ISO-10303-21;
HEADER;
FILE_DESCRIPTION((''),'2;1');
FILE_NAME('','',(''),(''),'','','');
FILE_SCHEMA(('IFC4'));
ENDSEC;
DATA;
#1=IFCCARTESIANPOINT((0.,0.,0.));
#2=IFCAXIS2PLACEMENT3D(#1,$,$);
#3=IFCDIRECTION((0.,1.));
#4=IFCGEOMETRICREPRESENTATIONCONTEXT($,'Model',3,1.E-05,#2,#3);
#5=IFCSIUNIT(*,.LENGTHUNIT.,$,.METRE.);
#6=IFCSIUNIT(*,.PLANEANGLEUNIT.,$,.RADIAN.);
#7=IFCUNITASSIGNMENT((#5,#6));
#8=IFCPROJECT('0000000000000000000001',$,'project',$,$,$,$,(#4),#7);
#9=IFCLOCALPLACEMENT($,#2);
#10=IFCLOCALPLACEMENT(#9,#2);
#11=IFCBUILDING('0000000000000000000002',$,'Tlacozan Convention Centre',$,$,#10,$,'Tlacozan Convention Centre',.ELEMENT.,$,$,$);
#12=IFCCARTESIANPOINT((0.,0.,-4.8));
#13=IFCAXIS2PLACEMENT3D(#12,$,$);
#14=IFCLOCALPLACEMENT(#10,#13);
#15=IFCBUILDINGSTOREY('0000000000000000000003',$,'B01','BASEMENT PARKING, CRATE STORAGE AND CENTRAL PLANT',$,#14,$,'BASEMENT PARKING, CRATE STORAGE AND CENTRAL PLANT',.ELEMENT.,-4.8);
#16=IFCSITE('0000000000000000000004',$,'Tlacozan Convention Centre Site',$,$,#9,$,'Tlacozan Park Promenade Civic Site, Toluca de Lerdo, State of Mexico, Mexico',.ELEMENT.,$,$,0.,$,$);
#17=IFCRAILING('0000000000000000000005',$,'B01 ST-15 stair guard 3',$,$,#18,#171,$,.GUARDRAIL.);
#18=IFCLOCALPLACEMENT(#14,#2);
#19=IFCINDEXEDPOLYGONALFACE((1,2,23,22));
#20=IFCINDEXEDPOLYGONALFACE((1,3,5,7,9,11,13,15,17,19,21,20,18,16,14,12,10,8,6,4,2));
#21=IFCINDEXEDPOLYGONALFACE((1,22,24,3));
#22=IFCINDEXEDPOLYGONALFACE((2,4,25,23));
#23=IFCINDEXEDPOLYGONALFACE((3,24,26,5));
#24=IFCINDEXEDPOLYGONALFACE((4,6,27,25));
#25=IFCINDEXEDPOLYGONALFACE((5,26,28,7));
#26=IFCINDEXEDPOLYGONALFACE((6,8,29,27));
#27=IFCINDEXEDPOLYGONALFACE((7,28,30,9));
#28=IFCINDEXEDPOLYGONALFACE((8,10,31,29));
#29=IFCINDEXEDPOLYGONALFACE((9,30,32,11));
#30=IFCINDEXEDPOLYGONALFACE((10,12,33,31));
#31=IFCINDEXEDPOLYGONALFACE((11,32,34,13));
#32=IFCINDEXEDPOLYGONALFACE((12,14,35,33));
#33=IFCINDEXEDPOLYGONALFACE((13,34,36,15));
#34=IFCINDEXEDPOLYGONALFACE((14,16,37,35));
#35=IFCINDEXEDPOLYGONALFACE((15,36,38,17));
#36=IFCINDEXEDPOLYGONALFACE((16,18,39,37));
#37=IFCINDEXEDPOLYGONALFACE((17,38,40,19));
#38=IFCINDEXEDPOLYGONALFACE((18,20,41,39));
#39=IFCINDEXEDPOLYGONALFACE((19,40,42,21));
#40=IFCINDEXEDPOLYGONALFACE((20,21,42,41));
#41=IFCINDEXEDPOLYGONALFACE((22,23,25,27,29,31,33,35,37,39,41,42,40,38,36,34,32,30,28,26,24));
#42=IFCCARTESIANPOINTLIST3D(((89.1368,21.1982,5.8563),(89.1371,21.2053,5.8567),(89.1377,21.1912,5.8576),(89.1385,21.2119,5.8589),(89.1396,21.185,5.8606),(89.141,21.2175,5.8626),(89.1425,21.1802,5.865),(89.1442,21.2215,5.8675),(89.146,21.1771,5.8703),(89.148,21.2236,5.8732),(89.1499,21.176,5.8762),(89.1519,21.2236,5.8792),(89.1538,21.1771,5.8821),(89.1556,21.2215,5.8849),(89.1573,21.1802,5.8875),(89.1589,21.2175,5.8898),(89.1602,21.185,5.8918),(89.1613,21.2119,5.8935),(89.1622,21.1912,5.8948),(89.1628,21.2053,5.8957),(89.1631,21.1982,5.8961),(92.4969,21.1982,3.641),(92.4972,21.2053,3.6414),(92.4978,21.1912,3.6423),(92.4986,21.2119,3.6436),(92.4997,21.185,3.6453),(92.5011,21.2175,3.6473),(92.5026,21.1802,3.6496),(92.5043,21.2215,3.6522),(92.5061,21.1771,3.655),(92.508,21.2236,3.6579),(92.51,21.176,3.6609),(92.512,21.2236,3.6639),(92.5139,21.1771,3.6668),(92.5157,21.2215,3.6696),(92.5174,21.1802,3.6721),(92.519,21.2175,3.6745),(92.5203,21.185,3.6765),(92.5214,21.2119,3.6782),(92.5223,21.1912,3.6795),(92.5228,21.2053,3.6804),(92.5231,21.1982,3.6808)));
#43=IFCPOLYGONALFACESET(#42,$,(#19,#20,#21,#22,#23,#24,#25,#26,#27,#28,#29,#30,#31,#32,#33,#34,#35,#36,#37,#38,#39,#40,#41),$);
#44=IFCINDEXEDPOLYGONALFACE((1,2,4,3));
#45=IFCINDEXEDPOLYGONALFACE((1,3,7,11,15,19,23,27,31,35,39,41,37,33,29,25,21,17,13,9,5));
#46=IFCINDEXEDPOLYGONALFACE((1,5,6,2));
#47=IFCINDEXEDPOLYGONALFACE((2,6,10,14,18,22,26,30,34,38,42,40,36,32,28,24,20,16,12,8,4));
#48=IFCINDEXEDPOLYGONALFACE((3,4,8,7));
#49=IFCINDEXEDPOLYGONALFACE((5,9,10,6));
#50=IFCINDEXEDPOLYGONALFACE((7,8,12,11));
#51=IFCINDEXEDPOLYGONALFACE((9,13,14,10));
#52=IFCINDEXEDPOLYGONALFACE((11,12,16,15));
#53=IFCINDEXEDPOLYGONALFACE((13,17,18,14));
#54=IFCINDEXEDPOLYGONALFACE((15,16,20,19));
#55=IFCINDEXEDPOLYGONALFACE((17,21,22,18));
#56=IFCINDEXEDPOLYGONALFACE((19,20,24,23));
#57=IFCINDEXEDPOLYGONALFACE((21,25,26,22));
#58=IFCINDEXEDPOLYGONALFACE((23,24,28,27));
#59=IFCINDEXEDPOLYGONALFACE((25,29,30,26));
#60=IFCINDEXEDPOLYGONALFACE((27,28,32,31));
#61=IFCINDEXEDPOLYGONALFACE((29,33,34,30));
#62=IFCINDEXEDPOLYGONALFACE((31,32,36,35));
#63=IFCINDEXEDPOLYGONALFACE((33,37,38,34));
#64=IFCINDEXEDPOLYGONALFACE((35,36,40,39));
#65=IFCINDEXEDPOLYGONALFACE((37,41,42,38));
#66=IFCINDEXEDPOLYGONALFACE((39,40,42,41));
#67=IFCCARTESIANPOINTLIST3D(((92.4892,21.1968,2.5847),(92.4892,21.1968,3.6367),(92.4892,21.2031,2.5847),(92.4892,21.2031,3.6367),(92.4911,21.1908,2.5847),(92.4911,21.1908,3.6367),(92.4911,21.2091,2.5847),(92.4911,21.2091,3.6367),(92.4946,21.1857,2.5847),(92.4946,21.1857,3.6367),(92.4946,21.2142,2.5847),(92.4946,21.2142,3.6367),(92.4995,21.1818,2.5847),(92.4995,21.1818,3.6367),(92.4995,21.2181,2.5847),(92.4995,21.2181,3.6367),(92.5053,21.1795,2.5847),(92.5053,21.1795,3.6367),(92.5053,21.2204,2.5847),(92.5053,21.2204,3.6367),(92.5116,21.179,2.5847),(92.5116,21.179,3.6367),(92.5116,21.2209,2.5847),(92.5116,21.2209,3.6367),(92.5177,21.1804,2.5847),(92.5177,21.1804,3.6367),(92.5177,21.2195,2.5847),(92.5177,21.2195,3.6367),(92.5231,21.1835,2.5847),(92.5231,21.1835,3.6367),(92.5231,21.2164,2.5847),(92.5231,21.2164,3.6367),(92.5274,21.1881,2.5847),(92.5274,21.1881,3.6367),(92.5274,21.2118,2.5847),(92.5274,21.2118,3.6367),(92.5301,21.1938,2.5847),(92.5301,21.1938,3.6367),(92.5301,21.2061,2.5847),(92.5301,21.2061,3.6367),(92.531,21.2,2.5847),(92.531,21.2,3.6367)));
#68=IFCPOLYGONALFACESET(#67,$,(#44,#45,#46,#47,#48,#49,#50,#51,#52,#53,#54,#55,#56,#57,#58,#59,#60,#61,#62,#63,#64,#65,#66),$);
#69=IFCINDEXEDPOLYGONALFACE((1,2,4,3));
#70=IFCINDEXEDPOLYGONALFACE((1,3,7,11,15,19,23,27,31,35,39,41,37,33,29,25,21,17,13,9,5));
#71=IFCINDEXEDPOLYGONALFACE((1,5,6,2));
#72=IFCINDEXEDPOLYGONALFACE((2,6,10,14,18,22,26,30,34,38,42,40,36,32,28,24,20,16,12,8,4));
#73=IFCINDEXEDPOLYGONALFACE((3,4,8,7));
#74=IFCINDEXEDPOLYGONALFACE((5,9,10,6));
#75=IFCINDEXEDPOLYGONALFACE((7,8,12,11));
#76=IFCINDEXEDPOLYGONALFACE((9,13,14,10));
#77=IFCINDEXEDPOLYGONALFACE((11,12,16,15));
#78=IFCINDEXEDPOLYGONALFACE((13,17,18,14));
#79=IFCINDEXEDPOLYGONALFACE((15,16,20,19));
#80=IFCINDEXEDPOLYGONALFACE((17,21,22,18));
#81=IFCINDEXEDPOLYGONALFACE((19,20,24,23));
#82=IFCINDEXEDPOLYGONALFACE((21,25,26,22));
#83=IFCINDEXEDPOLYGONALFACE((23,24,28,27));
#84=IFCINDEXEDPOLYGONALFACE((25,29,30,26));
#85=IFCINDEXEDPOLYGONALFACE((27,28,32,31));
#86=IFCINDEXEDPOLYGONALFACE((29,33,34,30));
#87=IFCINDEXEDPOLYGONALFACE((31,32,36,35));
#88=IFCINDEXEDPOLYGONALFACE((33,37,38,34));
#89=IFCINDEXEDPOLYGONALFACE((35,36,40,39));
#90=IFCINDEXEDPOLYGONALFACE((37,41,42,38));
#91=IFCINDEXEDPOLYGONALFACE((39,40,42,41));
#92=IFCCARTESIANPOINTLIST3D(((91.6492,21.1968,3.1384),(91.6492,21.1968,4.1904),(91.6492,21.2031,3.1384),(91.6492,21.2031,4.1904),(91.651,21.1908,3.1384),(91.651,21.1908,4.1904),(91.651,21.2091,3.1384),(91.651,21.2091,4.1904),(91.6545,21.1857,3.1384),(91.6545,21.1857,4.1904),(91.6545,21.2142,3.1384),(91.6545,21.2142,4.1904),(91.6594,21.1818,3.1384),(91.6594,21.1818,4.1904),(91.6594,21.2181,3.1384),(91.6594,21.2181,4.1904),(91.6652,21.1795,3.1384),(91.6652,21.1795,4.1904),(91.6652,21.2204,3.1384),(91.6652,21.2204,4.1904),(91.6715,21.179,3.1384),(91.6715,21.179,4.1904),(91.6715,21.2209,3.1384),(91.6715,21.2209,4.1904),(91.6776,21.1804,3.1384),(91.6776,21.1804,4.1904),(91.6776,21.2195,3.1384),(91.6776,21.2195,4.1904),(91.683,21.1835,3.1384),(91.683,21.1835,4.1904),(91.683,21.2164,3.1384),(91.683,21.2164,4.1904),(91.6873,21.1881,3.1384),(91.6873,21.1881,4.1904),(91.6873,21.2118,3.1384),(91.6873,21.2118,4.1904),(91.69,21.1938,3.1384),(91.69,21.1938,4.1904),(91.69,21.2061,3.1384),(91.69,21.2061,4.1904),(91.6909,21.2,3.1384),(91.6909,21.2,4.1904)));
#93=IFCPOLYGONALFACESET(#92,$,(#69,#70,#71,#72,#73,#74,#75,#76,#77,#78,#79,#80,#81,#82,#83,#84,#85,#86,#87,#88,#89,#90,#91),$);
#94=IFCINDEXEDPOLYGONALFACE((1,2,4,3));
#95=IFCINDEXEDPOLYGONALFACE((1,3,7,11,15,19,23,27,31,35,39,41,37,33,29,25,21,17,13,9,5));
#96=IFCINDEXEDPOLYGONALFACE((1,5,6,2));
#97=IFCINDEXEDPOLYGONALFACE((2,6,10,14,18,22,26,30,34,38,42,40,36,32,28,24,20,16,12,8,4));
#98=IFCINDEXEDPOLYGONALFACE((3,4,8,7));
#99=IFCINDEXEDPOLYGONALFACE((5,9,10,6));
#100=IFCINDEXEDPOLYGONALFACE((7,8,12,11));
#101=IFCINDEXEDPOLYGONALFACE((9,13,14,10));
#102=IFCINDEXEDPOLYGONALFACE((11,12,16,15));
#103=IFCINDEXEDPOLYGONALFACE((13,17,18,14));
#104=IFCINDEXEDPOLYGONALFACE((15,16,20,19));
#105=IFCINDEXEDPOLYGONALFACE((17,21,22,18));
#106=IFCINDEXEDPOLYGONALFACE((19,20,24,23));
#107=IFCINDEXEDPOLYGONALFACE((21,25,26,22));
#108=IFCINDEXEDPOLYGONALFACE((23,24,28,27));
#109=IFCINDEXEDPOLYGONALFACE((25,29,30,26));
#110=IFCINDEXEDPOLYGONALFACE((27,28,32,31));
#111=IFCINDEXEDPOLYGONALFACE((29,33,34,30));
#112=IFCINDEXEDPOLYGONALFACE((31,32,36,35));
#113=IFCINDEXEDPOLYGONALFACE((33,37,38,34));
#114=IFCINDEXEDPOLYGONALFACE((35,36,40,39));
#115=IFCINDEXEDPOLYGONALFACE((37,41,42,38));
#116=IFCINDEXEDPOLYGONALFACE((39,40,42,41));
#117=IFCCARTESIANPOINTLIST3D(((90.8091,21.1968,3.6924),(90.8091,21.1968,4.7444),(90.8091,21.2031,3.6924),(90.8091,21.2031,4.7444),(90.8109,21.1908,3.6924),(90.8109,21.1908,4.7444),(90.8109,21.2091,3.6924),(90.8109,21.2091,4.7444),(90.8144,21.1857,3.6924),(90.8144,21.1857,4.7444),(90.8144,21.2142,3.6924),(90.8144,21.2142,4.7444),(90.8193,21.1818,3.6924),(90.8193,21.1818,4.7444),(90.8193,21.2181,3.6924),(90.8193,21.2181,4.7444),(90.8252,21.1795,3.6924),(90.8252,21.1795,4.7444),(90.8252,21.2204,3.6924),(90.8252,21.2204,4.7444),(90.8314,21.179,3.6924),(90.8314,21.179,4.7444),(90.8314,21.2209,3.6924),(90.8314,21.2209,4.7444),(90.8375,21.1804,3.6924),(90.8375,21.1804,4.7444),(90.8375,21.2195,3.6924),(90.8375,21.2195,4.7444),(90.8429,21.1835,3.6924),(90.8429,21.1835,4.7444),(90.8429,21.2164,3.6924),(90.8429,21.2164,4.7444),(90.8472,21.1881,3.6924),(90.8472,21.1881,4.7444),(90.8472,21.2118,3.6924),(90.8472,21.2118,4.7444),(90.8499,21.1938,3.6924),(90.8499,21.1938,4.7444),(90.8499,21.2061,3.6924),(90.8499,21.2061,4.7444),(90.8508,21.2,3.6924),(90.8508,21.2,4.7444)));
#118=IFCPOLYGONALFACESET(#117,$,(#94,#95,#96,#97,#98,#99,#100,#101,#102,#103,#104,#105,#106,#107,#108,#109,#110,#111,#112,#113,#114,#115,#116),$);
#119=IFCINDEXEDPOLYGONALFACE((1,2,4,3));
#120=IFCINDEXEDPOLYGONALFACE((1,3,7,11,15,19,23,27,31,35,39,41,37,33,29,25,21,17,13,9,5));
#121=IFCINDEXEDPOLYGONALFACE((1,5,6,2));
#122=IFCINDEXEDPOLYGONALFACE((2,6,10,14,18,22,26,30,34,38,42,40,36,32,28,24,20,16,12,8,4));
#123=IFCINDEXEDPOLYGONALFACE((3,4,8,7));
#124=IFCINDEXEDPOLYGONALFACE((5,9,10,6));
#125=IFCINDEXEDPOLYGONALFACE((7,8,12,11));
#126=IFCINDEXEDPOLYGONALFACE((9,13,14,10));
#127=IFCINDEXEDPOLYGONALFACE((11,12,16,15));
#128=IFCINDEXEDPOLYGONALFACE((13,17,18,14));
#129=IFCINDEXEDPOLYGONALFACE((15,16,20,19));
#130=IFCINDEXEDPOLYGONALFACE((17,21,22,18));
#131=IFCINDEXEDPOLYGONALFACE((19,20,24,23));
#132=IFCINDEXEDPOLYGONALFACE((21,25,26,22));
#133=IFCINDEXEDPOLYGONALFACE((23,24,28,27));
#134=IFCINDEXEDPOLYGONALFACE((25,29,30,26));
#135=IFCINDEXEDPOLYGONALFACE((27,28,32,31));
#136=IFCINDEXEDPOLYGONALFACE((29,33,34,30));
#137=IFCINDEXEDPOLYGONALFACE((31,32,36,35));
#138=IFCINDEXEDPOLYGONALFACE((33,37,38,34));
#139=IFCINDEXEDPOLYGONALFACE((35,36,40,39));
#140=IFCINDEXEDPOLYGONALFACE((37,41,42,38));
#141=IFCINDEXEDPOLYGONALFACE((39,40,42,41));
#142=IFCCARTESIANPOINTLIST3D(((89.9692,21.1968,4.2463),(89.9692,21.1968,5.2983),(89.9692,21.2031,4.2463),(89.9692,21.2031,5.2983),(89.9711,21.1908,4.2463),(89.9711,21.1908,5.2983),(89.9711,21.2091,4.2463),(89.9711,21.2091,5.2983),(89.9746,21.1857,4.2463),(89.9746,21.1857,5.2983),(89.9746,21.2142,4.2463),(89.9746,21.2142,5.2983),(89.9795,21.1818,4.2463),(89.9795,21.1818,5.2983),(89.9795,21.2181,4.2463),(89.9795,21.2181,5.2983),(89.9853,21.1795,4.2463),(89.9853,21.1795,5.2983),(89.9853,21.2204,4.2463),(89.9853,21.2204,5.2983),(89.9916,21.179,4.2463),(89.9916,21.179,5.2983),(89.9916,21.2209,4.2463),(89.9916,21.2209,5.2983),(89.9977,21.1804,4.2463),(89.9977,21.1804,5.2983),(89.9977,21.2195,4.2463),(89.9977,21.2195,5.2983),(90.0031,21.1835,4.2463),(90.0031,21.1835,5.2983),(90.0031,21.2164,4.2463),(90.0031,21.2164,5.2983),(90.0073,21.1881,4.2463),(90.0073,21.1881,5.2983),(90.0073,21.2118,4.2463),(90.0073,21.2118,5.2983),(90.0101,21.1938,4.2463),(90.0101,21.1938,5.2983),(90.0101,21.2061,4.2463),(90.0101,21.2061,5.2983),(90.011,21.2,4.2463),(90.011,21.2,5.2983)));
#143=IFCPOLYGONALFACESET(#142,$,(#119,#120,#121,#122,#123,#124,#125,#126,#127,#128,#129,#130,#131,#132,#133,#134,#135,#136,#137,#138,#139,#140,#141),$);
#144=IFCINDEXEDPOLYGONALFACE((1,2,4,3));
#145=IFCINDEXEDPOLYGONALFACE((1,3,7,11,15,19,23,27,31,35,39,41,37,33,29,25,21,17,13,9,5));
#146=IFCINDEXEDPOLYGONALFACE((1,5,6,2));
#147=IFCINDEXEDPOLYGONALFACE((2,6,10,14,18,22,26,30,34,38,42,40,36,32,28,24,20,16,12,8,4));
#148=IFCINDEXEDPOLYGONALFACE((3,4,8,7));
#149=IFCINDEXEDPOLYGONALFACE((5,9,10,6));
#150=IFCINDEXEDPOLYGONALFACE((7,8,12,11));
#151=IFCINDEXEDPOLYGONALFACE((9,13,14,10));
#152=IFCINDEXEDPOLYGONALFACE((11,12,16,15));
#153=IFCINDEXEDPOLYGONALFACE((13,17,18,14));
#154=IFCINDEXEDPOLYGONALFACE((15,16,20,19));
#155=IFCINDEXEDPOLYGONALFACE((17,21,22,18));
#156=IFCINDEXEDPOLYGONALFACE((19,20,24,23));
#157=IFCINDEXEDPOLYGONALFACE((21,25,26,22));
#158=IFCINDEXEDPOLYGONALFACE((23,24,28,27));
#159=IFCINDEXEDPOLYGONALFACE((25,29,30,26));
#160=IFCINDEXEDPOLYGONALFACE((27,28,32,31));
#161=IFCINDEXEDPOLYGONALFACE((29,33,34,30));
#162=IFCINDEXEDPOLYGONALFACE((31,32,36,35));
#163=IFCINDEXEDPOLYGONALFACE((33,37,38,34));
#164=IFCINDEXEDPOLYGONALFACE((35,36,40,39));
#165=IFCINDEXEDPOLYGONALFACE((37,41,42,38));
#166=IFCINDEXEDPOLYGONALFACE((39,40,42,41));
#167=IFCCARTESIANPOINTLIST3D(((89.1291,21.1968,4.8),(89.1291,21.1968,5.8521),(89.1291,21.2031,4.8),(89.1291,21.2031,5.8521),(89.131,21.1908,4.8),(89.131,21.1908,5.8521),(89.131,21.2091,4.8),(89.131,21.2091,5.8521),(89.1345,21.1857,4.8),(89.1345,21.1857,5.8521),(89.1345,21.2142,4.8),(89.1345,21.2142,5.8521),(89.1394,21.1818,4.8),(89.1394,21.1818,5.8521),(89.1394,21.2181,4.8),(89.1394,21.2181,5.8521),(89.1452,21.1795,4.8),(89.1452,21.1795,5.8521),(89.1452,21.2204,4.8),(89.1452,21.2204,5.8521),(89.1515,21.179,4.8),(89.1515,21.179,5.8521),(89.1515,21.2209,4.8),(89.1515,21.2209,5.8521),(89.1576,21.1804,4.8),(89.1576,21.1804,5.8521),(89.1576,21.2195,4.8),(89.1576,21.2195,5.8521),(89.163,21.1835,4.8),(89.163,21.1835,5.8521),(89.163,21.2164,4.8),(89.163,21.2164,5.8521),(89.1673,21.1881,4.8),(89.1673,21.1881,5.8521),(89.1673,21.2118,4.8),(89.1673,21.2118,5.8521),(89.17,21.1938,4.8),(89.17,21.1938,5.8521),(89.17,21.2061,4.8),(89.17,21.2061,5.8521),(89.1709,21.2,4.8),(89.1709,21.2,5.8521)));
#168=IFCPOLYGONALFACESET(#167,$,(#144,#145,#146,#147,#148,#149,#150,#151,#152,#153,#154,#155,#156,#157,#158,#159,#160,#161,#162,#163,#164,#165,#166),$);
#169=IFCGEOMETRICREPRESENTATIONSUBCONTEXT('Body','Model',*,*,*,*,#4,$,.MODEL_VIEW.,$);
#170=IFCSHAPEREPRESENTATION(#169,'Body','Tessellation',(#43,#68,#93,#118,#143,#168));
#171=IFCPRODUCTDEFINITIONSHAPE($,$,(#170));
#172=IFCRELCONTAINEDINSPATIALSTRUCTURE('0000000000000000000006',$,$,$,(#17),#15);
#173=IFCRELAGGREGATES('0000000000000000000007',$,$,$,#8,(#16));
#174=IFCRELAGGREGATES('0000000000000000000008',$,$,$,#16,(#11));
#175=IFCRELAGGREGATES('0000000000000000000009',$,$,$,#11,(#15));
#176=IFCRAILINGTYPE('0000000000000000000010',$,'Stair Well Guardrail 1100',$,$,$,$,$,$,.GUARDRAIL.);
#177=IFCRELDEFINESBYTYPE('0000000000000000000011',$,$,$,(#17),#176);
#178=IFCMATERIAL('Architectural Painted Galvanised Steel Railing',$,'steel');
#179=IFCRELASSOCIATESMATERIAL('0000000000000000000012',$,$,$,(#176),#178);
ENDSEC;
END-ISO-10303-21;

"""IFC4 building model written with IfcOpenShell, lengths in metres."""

from ifc_helpers import new_model, si_unit, direction, frame, origin, origin_2d, place, context, subcontext, project, spatial, circle, extrude, material, type_object, element, save


model = new_model("IFC4")

# Units and contexts
model_context = context("Model", 3, precision=1e-05, world=origin(), true_north=direction((0.0, 1.0)))
body_context = subcontext(model_context, "Body", "Model", "MODEL_VIEW")
ifc_project = project(units=[si_unit("LENGTHUNIT", "METRE"), si_unit("PLANEANGLEUNIT", "RADIAN")], contexts=[model_context])

# Site, building, storey
site_placement = place(None, origin())
site = spatial("IfcSite", under=ifc_project, at=site_placement, Name="Tlacozan Convention Centre Site", LongName="Tlacozan Park Promenade Civic Site, Toluca de Lerdo, State of Mexico, Mexico", CompositionType="ELEMENT", RefElevation=0.0)
building_placement = place(site_placement, origin())
building = spatial("IfcBuilding", under=site, at=building_placement, Name="Tlacozan Convention Centre", LongName="Tlacozan Convention Centre", CompositionType="ELEMENT")
storey_placement = place(building_placement, frame((0.0, 0.0, -4.8)))
storey = spatial("IfcBuildingStorey", under=building, at=storey_placement, Name="B01", Description="BASEMENT PARKING, CRATE STORAGE AND CENTRAL PLANT", LongName="BASEMENT PARKING, CRATE STORAGE AND CENTRAL PLANT", CompositionType="ELEMENT", Elevation=-4.8)

# Railing
ifc_material_1 = material(Name="Architectural Painted Galvanised Steel Railing", Category="steel")
railing_type_1 = type_object("IfcRailingType", Name="Stair Well Guardrail 1100", PredefinedType="GUARDRAIL", material=ifc_material_1)
railing_1_placement = place(storey_placement, frame((92.51, 21.2, 2.5847)))
element("IfcRailing", 1, at=railing_1_placement, inside=storey, type_object=railing_type_1, Name="B01 ST-15 stair guard 3", PredefinedType="GUARDRAIL", context=body_context, shape_type="SweptSolid", body=[
    extrude(circle(Radius=0.0239, at=origin_2d()), frame((0.0, 0.0, 1.0762), z_axis=(-0.834876, 0.0, 0.550437), x_axis=(0.0, -1.0, 0.0)), (0.0, 0.0, 1.0), 4.0247),
    extrude(circle(Radius=0.021, at=origin_2d()), origin(), (0.0, 0.0, 1.0), 1.052),
    extrude(circle(Radius=0.021, at=origin_2d()), frame((-0.8401, 0.0, 0.5537)), (0.0, 0.0, 1.0), 1.052),
    extrude(circle(Radius=0.021, at=origin_2d()), frame((-1.6802, 0.0, 1.1077)), (0.0, 0.0, 1.0), 1.052),
    extrude(circle(Radius=0.021, at=origin_2d()), frame((-2.52, 0.0, 1.6616)), (0.0, 0.0, 1.0), 1.052),
    extrude(circle(Radius=0.021, at=origin_2d()), frame((-3.3601, 0.0, 2.2153)), (0.0, 0.0, 1.0), 1.052),
])

save(model, "model.ifc")
